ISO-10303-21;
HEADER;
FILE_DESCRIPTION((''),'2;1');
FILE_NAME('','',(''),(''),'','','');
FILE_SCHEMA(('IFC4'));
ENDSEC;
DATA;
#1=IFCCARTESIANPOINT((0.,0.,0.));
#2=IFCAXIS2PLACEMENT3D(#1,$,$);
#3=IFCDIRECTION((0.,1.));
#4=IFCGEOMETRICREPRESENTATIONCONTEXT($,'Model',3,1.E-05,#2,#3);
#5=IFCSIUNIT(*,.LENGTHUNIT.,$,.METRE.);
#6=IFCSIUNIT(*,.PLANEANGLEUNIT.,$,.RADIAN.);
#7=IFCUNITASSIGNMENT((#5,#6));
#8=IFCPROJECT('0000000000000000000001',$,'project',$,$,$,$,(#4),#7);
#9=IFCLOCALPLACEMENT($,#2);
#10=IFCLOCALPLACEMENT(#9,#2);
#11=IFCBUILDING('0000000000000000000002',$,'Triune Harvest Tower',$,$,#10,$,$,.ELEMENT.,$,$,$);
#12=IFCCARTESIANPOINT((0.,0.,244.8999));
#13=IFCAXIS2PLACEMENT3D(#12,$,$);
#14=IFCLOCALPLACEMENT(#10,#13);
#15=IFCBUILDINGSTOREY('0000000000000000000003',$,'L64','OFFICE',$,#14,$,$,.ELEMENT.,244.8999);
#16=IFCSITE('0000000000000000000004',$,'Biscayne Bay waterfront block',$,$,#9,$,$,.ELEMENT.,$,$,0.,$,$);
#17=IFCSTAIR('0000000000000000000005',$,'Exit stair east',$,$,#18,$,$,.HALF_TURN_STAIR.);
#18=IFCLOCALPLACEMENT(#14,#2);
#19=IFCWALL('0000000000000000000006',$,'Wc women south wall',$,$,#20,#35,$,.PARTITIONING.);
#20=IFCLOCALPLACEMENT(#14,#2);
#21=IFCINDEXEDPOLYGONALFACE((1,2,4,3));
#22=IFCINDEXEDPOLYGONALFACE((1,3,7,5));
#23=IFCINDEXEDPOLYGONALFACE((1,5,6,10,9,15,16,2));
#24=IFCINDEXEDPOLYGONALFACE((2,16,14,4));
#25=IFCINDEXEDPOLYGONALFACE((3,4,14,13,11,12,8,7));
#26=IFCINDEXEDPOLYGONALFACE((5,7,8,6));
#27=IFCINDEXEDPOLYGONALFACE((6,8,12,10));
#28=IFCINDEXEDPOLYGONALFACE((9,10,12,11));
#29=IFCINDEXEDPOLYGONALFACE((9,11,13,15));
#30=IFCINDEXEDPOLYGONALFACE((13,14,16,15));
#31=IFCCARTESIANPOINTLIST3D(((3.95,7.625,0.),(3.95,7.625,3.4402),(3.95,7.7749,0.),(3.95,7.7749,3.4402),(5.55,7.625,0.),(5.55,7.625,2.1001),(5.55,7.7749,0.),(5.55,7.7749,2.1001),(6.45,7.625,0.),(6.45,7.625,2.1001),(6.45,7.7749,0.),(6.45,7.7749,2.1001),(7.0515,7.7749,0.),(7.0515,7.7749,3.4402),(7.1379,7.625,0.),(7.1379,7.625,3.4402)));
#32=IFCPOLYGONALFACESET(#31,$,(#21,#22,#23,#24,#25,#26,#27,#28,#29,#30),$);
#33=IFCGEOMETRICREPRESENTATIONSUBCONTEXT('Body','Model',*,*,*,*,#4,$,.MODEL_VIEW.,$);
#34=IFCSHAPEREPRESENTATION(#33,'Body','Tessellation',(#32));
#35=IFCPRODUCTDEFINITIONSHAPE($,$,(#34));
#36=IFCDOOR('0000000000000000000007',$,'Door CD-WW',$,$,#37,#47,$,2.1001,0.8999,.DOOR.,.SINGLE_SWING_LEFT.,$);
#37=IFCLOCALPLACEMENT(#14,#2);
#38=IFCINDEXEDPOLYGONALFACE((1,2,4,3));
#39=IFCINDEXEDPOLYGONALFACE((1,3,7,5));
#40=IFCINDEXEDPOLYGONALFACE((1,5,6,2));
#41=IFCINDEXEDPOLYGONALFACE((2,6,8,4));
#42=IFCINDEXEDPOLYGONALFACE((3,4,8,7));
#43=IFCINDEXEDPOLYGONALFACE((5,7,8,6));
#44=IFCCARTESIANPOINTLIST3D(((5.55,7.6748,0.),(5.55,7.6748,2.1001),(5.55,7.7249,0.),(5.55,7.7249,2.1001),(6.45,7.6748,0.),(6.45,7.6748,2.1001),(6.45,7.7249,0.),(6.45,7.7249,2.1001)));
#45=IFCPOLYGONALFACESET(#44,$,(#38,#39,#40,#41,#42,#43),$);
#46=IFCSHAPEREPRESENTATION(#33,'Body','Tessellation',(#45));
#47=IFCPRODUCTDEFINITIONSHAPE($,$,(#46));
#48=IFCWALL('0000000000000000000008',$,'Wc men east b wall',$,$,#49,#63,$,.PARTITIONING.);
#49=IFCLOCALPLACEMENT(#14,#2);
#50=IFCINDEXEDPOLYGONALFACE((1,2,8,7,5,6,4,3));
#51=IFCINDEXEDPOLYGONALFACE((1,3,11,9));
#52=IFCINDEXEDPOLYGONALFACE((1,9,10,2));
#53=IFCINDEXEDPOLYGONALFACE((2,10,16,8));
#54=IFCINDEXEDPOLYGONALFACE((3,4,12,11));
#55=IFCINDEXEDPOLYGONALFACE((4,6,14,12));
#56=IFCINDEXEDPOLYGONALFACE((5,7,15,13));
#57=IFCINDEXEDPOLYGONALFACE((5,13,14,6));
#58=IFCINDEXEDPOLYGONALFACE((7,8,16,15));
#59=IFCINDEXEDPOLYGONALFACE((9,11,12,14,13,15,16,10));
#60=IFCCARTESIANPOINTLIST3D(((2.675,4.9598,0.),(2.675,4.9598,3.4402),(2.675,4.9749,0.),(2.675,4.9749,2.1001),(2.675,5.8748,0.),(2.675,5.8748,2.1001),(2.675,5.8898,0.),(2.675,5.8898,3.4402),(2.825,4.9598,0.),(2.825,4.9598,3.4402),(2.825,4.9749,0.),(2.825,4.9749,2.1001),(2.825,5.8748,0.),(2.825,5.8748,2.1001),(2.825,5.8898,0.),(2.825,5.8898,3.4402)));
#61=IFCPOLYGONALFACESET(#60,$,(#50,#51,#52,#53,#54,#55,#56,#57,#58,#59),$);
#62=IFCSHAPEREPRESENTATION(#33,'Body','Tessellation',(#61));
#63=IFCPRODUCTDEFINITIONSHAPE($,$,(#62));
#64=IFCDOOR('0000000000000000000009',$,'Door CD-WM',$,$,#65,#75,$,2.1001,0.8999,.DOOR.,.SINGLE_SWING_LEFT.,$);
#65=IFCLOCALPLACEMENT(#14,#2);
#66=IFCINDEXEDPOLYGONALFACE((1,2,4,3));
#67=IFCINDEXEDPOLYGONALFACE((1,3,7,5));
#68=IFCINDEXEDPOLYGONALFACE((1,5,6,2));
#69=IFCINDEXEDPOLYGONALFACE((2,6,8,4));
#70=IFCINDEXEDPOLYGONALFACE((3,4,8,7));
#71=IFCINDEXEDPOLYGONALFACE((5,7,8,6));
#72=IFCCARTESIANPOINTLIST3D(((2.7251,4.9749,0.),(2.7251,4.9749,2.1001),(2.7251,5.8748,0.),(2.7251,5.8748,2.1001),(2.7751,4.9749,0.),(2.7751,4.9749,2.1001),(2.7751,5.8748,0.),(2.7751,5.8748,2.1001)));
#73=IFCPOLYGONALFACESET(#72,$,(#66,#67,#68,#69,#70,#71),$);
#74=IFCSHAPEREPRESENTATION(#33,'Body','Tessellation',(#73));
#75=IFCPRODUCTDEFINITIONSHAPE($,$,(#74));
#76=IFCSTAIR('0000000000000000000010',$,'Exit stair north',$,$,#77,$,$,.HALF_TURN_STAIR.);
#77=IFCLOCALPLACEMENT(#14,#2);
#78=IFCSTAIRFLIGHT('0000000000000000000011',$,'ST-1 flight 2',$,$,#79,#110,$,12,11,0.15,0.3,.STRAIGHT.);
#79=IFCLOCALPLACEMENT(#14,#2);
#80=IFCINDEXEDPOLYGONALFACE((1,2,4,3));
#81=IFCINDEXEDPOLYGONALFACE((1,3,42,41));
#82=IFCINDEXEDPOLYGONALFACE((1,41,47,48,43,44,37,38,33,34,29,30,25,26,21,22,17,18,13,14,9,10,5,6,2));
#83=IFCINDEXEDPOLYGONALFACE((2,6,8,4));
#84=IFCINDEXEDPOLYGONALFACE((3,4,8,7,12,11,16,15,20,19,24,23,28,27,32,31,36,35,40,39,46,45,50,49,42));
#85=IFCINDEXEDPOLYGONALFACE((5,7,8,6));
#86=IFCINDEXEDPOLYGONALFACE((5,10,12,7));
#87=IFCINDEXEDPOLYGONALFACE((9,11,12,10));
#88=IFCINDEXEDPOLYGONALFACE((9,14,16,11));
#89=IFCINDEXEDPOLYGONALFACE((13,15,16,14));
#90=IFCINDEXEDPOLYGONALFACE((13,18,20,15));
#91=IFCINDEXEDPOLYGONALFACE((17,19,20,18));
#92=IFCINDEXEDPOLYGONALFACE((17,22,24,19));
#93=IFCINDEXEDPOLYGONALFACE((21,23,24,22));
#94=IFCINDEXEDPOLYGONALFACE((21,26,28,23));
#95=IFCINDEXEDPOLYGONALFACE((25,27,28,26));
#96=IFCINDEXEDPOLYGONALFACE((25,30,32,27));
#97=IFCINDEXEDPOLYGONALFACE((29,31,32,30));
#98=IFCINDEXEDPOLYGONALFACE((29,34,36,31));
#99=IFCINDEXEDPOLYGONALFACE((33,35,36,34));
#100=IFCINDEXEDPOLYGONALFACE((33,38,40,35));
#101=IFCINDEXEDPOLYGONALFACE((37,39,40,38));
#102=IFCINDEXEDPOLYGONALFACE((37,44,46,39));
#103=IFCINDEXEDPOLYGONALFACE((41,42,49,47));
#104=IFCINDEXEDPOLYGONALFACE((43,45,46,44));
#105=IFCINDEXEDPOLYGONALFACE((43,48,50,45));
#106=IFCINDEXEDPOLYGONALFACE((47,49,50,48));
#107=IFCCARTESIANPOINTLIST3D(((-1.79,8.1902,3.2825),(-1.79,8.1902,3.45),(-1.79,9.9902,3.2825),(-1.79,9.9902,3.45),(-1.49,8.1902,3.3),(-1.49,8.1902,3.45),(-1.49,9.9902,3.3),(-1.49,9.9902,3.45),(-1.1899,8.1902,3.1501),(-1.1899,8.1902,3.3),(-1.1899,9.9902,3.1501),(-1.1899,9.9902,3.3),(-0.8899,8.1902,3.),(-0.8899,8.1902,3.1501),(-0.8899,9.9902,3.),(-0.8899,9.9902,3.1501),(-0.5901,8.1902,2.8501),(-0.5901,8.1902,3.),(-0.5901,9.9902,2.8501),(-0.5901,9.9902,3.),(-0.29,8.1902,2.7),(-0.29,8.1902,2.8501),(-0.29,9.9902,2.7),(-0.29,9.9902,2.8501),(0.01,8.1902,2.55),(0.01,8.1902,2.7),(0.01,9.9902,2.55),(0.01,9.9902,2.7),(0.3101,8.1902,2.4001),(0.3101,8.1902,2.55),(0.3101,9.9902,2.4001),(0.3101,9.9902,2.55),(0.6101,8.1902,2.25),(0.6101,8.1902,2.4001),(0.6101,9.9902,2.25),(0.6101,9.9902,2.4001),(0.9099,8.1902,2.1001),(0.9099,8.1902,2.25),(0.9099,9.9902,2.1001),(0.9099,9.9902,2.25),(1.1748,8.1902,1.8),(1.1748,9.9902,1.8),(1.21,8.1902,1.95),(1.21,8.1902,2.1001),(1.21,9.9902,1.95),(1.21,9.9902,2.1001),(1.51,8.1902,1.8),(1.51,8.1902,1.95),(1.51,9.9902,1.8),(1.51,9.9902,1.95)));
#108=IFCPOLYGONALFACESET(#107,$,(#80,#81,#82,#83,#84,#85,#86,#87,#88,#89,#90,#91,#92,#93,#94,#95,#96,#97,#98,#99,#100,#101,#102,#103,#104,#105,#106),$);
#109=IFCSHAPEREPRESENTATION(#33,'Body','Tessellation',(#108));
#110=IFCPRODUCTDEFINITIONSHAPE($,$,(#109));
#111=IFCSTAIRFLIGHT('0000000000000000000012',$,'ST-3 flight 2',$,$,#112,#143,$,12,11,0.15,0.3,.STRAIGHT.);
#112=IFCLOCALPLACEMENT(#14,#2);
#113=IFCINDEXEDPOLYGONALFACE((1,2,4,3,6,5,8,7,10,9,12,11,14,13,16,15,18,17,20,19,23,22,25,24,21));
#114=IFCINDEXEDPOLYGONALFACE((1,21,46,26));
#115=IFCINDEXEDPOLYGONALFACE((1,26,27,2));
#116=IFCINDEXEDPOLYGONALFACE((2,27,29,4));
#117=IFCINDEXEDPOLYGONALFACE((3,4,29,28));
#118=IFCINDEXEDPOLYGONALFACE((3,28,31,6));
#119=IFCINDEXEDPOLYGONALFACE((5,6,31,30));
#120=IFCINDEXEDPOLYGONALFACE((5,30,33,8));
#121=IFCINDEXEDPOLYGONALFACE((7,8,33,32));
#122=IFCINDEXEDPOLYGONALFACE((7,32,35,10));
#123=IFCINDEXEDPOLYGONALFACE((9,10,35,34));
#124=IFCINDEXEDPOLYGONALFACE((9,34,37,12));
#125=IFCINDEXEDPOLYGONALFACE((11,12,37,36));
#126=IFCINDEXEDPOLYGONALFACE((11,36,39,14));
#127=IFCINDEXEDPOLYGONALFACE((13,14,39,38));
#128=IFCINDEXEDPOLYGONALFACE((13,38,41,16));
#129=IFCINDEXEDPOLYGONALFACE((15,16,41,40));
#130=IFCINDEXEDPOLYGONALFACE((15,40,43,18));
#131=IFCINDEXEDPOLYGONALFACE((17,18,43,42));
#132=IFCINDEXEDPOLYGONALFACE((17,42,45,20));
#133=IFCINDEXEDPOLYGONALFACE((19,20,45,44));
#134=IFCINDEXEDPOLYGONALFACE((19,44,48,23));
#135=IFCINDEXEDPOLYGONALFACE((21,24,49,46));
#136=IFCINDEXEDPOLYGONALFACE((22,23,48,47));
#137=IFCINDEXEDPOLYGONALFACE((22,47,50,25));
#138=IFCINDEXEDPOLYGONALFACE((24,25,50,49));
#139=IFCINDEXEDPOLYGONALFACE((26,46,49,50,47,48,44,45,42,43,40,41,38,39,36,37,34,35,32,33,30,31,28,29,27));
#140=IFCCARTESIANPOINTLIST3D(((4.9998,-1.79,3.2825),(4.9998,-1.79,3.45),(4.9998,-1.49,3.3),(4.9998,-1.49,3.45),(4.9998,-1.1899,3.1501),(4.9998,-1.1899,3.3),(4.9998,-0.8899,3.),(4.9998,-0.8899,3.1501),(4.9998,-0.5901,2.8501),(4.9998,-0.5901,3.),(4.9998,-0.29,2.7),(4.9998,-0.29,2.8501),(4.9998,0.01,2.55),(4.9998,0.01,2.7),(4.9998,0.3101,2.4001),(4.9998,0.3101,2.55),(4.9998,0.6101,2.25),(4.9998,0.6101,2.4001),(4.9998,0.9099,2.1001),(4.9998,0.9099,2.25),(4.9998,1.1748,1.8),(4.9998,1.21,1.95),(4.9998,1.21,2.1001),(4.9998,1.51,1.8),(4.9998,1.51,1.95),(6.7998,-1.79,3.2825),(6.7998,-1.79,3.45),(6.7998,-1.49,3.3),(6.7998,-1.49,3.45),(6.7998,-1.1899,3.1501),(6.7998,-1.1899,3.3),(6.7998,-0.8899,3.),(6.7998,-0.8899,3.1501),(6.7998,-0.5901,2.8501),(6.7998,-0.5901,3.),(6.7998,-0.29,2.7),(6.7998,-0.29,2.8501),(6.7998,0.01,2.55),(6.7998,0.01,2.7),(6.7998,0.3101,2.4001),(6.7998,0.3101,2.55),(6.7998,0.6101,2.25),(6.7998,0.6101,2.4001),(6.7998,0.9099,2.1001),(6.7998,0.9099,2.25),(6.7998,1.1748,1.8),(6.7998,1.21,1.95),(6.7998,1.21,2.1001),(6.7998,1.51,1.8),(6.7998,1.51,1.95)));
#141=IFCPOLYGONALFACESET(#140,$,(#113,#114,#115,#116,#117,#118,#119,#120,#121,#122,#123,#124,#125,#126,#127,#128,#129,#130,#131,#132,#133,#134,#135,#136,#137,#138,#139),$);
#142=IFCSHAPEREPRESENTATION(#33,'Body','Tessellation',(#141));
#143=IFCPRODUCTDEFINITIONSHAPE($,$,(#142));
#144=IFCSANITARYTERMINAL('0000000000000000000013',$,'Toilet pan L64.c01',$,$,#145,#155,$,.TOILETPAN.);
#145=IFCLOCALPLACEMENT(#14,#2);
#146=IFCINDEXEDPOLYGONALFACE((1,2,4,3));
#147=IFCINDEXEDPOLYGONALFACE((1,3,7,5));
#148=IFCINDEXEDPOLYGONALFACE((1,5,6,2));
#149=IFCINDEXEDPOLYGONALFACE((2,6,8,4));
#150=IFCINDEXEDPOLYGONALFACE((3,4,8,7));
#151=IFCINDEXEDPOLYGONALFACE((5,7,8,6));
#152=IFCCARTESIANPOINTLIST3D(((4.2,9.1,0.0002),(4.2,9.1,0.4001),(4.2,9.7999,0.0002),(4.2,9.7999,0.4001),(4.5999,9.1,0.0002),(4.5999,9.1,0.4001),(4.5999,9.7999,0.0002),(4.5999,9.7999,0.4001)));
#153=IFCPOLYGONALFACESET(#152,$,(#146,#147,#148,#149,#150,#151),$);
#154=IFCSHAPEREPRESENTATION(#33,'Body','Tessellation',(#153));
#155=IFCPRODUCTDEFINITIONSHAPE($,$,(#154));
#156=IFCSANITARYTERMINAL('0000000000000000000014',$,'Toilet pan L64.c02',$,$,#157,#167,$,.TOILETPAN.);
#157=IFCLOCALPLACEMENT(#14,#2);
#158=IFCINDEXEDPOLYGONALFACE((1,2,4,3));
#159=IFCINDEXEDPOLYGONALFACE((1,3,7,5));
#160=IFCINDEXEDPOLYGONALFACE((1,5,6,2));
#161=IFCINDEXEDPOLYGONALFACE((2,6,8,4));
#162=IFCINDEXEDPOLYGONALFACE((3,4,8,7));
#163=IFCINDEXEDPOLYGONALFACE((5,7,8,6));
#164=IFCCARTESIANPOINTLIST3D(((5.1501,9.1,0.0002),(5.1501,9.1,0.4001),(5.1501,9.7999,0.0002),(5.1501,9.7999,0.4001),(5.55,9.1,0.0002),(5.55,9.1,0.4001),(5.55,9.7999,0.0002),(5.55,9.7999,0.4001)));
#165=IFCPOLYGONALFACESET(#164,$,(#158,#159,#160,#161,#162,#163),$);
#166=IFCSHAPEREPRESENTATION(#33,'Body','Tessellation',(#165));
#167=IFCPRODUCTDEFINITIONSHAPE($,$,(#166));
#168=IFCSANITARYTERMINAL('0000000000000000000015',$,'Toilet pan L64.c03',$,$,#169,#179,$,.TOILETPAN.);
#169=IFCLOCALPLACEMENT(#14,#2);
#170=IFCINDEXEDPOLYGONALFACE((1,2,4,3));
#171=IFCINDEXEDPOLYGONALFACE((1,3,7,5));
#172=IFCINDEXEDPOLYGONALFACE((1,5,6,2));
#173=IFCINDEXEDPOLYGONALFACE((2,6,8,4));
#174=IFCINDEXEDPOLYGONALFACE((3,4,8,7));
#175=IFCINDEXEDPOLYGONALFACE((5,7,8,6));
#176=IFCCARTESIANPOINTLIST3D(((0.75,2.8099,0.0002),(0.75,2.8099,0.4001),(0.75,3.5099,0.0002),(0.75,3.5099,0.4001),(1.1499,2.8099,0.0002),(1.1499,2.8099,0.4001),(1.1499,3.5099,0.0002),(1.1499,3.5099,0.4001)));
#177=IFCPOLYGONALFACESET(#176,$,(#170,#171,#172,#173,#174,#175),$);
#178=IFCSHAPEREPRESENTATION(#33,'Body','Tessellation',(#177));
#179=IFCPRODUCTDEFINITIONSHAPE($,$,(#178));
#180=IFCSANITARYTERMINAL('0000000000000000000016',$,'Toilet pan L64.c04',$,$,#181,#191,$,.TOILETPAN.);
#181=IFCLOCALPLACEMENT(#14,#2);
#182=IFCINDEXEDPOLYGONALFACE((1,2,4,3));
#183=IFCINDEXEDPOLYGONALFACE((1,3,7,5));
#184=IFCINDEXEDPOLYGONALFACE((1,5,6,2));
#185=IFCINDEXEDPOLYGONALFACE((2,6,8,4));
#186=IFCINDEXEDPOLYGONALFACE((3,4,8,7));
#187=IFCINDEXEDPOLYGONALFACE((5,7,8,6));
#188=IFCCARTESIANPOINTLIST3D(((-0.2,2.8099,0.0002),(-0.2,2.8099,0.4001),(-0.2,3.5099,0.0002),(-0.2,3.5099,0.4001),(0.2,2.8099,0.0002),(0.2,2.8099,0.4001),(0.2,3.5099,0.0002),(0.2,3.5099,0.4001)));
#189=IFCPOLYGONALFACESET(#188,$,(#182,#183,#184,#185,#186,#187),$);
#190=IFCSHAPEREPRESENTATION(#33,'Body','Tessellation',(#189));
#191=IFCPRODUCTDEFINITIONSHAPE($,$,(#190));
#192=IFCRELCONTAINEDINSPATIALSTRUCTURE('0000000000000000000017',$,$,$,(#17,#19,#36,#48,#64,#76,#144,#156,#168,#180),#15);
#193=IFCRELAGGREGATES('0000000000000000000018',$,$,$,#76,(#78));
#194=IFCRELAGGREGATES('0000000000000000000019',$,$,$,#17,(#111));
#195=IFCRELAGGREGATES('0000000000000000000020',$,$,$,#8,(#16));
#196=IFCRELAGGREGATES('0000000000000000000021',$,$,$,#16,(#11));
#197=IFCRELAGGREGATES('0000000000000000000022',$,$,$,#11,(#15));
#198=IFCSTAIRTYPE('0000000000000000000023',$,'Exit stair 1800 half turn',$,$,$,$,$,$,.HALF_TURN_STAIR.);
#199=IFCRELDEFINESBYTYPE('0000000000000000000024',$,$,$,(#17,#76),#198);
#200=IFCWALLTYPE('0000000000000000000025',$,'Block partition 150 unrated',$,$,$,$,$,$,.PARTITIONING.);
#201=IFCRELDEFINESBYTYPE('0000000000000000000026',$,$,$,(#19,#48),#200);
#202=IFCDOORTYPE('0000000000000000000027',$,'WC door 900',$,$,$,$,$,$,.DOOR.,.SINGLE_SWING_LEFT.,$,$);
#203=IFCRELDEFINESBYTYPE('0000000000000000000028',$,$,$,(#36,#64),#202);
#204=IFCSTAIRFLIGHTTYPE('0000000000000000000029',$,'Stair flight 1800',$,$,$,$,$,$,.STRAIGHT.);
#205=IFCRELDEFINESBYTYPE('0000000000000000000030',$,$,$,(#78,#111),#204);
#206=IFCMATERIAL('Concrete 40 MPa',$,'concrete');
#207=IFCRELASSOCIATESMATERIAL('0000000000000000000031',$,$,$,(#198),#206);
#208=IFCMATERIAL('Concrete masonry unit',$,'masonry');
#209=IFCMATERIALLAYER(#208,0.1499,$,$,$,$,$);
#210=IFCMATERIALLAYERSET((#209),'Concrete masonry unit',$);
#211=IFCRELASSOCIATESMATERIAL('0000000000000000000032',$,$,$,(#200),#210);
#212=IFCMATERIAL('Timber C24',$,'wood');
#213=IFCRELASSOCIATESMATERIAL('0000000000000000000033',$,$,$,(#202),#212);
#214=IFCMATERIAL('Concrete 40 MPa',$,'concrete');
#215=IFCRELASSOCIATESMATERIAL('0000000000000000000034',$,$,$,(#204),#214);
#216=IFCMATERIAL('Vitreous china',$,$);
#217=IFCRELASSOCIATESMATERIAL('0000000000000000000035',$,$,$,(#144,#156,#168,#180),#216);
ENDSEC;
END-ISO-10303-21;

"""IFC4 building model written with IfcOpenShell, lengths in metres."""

from ifc_helpers import new_model, si_unit, direction, frame, frame_2d, origin, origin_2d, place, context, subcontext, project, spatial, polyline, rectangle, outline, extrude, source, transform, mapped, material, layer, layer_set, type_object, element, fill, aggregate, save


model = new_model("IFC4")

# Units and contexts
model_context = context("Model", 3, precision=1e-05, world=origin(), true_north=direction((0.0, 1.0)))
body_context = subcontext(model_context, "Body", "Model", "MODEL_VIEW")
ifc_project = project(units=[si_unit("LENGTHUNIT", "METRE"), si_unit("PLANEANGLEUNIT", "RADIAN")], contexts=[model_context])

# Site, building, storey
site_placement = place(None, origin())
site = spatial("IfcSite", under=ifc_project, at=site_placement, Name="Biscayne Bay waterfront block", CompositionType="ELEMENT", RefElevation=0.0)
building_placement = place(site_placement, origin())
building = spatial("IfcBuilding", under=site, at=building_placement, Name="Triune Harvest Tower", CompositionType="ELEMENT")
storey_placement = place(building_placement, frame((0.0, 0.0, 244.8999)))
storey = spatial("IfcBuildingStorey", under=building, at=storey_placement, Name="L64", Description="OFFICE", CompositionType="ELEMENT", Elevation=244.8999)

# Stair
ifc_material_1 = material(Name="Concrete 40 MPa", Category="concrete")
stair_type = type_object("IfcStairType", Name="Exit stair 1800 half turn", PredefinedType="HALF_TURN_STAIR", material=ifc_material_1)
stair_1_placement = place(storey_placement, origin())
stair_1 = element("IfcStair", 1, at=stair_1_placement, inside=storey, type_object=stair_type, Name="Exit stair east", PredefinedType="HALF_TURN_STAIR")

# Walls, openings, doors
ifc_material_2 = material(Name="Concrete masonry unit", Category="masonry")
ifc_layer_1 = layer(ifc_material_2, 0.1499)
ifc_layer_set_1 = layer_set([ifc_layer_1], Name="Concrete masonry unit")
wall_type_1 = type_object("IfcWallType", Name="Block partition 150 unrated", PredefinedType="PARTITIONING", material=ifc_layer_set_1)
shared_shape_1 = source(origin(), body_context, "Body", "SweptSolid", [
    extrude(outline(polyline([(0.0, -0.075), (0.0, 0.075), (3.1016, 0.075), (3.188, -0.075), (0.0, -0.075)])), origin(), (0.0, 0.0, 1.0), 3.4402),
])
wall_1_placement = place(storey_placement, frame((3.95, 7.7, 0.0), z_axis=(0.0, 0.0, 1.0), x_axis=(1.0, 0.0, 0.0)))
wall_1 = element("IfcWall", 2, at=wall_1_placement, inside=storey, type_object=wall_type_1, Name="Wc women south wall", PredefinedType="PARTITIONING", context=body_context, shape_type="MappedRepresentation", body=[
    mapped(shared_shape_1, transform((0.0, 0.0, 0.0), scale=1.0)),
])
opening_1_placement = place(wall_1_placement, frame((1.6001, 0.0, 0.0)))
opening_1 = element("IfcOpeningElement", 3, at=opening_1_placement, cuts=wall_1, PredefinedType="OPENING", context=body_context, shape_type="SweptSolid", body=[
    extrude(rectangle(XDim=0.8999, YDim=2.1001, at=frame_2d((0.45, 1.05))), frame((0.0, 0.085, 0.0), z_axis=(0.0, -1.0, 0.0), x_axis=(1.0, 0.0, 0.0)), (0.0, 0.0, 1.0), 0.1699),
])
ifc_material_3 = material(Name="Timber C24", Category="wood")
door_type_1 = type_object("IfcDoorType", Name="WC door 900", OperationType="SINGLE_SWING_LEFT", PredefinedType="DOOR", material=ifc_material_3)
door_1_placement = place(opening_1_placement, origin())
door_1 = element("IfcDoor", 4, at=door_1_placement, inside=storey, type_object=door_type_1, Name="Door CD-WW", OperationType="SINGLE_SWING_LEFT", OverallHeight=2.1001, OverallWidth=0.8999, PredefinedType="DOOR", context=body_context, shape_type="SweptSolid", body=[
    extrude(rectangle(XDim=0.8999, YDim=2.1001, at=frame_2d((0.45, 1.05))), frame((0.0, 0.0249, 0.0), z_axis=(0.0, -1.0, 0.0), x_axis=(1.0, 0.0, 0.0)), (0.0, 0.0, 1.0), 0.05),
])
fill(opening_1, door_1)
shared_shape_2 = source(origin(), body_context, "Body", "SweptSolid", [
    extrude(rectangle(XDim=0.9299, YDim=0.1499, at=frame_2d((0.4648, 0.0))), origin(), (0.0, 0.0, 1.0), 3.4402),
])
wall_2_placement = place(storey_placement, frame((2.75, 4.96, 0.0), z_axis=(0.0, 0.0, 1.0), x_axis=(0.0, 1.0, 0.0)))
wall_2 = element("IfcWall", 5, at=wall_2_placement, inside=storey, type_object=wall_type_1, Name="Wc men east b wall", PredefinedType="PARTITIONING", context=body_context, shape_type="MappedRepresentation", body=[
    mapped(shared_shape_2, transform((0.0, 0.0, 0.0), scale=1.0)),
])
opening_2_placement = place(wall_2_placement, frame((0.0149, 0.0, 0.0)))
opening_2 = element("IfcOpeningElement", 6, at=opening_2_placement, cuts=wall_2, PredefinedType="OPENING", context=body_context, shape_type="SweptSolid", body=[
    extrude(rectangle(XDim=0.8999, YDim=2.1001, at=frame_2d((0.45, 1.05))), frame((0.0, 0.085, 0.0), z_axis=(0.0, -1.0, 0.0), x_axis=(1.0, 0.0, 0.0)), (0.0, 0.0, 1.0), 0.1699),
])
door_2_placement = place(opening_2_placement, origin())
door_2 = element("IfcDoor", 7, at=door_2_placement, inside=storey, type_object=door_type_1, Name="Door CD-WM", OperationType="SINGLE_SWING_LEFT", OverallHeight=2.1001, OverallWidth=0.8999, PredefinedType="DOOR", context=body_context, shape_type="SweptSolid", body=[
    extrude(rectangle(XDim=0.8999, YDim=2.1001, at=frame_2d((0.45, 1.05))), frame((0.0, 0.0249, 0.0), z_axis=(0.0, -1.0, 0.0), x_axis=(1.0, 0.0, 0.0)), (0.0, 0.0, 1.0), 0.05),
])
fill(opening_2, door_2)

# Stair, stair flight
stair_2_placement = place(storey_placement, origin())
stair_2 = element("IfcStair", 8, at=stair_2_placement, inside=storey, type_object=stair_type, Name="Exit stair north", PredefinedType="HALF_TURN_STAIR")
ifc_material_4 = material(Name="Concrete 40 MPa", Category="concrete")
stair_flight_type = type_object("IfcStairFlightType", Name="Stair flight 1800", PredefinedType="STRAIGHT", material=ifc_material_4)
shared_shape_3 = source(origin(), body_context, "Body", "SweptSolid", [
    extrude(outline(polyline([(0.0, 0.0), (0.0, 0.1499), (0.3, 0.1499), (0.3, 0.3), (0.6001, 0.3), (0.6001, 0.45), (0.8999, 0.45), (0.8999, 0.6001), (1.2, 0.6001), (1.2, 0.75), (1.5, 0.75), (1.5, 0.8999), (1.8, 0.8999), (1.8, 1.05), (2.1001, 1.05), (2.1001, 1.2), (2.3999, 1.2), (2.3999, 1.3501), (2.7, 1.3501), (2.7, 1.5), (3.0, 1.5), (3.0, 1.6499), (3.3, 1.6499), (3.3, 1.8), (3.3, 1.4824), (0.3352, 0.0), (0.0, 0.0)])), frame((0.0, 0.8999, 0.0), z_axis=(0.0, -1.0, 0.0), x_axis=(1.0, 0.0, 0.0)), (0.0, 0.0, 1.0), 1.8),
])
stair_flight_1_placement = place(storey_placement, frame((1.51, 9.0901, 1.8), z_axis=(0.0, 0.0, 1.0), x_axis=(-1.0, 0.0, 0.0)))
stair_flight_1 = element("IfcStairFlight", 9, at=stair_flight_1_placement, type_object=stair_flight_type, Name="ST-1 flight 2", NumberOfRisers=12, NumberOfTreads=11, PredefinedType="STRAIGHT", RiserHeight=0.15, TreadLength=0.3, context=body_context, shape_type="MappedRepresentation", body=[
    mapped(shared_shape_3, transform((0.0, 0.0, 0.0), scale=1.0)),
])
aggregate(stair_2, [stair_flight_1])

# Stair flight
stair_flight_2_placement = place(storey_placement, frame((5.8999, 1.51, 1.8), z_axis=(0.0, 0.0, 1.0), x_axis=(0.0, -1.0, 0.0)))
stair_flight_2 = element("IfcStairFlight", 10, at=stair_flight_2_placement, type_object=stair_flight_type, Name="ST-3 flight 2", NumberOfRisers=12, NumberOfTreads=11, PredefinedType="STRAIGHT", RiserHeight=0.15, TreadLength=0.3, context=body_context, shape_type="MappedRepresentation", body=[
    mapped(shared_shape_3, transform((0.0, 0.0, 0.0), scale=1.0)),
])
aggregate(stair_1, [stair_flight_2])

# Sanitary terminals
ifc_material_5 = material(Name="Vitreous china")
shared_shape_4 = source(origin(), body_context, "Body", "SweptSolid", [
    extrude(rectangle(XDim=0.3999, YDim=0.7, at=origin_2d()), origin(), (0.0, 0.0, 1.0), 0.3999),
])
for number, where, z_axis, x_axis, name in (
    (11, (4.3999, 9.45, 0.0002), (0.0, 0.0, 1.0), (1.0, 0.0, 0.0), "Toilet pan L64.c01"),
    (12, (5.3501, 9.45, 0.0002), (0.0, 0.0, 1.0), (1.0, 0.0, 0.0), "Toilet pan L64.c02"),
    (13, (0.95, 3.1599, 0.0002), (0.0, 0.0, 1.0), (-1.0, 0.0, 0.0), "Toilet pan L64.c03"),
    (14, (0.0, 3.1599, 0.0002), (0.0, 0.0, 1.0), (-1.0, 0.0, 0.0), "Toilet pan L64.c04"),
):
    element("IfcSanitaryTerminal", number, at=place(storey_placement, frame(where, z_axis=z_axis, x_axis=x_axis)), inside=storey, material=ifc_material_5, Name=name, PredefinedType="TOILETPAN", context=body_context, shape_type="MappedRepresentation", body=[
        mapped(shared_shape_4, transform((0.0, 0.0, 0.0), scale=1.0)),
    ])

save(model, "model.ifc")
